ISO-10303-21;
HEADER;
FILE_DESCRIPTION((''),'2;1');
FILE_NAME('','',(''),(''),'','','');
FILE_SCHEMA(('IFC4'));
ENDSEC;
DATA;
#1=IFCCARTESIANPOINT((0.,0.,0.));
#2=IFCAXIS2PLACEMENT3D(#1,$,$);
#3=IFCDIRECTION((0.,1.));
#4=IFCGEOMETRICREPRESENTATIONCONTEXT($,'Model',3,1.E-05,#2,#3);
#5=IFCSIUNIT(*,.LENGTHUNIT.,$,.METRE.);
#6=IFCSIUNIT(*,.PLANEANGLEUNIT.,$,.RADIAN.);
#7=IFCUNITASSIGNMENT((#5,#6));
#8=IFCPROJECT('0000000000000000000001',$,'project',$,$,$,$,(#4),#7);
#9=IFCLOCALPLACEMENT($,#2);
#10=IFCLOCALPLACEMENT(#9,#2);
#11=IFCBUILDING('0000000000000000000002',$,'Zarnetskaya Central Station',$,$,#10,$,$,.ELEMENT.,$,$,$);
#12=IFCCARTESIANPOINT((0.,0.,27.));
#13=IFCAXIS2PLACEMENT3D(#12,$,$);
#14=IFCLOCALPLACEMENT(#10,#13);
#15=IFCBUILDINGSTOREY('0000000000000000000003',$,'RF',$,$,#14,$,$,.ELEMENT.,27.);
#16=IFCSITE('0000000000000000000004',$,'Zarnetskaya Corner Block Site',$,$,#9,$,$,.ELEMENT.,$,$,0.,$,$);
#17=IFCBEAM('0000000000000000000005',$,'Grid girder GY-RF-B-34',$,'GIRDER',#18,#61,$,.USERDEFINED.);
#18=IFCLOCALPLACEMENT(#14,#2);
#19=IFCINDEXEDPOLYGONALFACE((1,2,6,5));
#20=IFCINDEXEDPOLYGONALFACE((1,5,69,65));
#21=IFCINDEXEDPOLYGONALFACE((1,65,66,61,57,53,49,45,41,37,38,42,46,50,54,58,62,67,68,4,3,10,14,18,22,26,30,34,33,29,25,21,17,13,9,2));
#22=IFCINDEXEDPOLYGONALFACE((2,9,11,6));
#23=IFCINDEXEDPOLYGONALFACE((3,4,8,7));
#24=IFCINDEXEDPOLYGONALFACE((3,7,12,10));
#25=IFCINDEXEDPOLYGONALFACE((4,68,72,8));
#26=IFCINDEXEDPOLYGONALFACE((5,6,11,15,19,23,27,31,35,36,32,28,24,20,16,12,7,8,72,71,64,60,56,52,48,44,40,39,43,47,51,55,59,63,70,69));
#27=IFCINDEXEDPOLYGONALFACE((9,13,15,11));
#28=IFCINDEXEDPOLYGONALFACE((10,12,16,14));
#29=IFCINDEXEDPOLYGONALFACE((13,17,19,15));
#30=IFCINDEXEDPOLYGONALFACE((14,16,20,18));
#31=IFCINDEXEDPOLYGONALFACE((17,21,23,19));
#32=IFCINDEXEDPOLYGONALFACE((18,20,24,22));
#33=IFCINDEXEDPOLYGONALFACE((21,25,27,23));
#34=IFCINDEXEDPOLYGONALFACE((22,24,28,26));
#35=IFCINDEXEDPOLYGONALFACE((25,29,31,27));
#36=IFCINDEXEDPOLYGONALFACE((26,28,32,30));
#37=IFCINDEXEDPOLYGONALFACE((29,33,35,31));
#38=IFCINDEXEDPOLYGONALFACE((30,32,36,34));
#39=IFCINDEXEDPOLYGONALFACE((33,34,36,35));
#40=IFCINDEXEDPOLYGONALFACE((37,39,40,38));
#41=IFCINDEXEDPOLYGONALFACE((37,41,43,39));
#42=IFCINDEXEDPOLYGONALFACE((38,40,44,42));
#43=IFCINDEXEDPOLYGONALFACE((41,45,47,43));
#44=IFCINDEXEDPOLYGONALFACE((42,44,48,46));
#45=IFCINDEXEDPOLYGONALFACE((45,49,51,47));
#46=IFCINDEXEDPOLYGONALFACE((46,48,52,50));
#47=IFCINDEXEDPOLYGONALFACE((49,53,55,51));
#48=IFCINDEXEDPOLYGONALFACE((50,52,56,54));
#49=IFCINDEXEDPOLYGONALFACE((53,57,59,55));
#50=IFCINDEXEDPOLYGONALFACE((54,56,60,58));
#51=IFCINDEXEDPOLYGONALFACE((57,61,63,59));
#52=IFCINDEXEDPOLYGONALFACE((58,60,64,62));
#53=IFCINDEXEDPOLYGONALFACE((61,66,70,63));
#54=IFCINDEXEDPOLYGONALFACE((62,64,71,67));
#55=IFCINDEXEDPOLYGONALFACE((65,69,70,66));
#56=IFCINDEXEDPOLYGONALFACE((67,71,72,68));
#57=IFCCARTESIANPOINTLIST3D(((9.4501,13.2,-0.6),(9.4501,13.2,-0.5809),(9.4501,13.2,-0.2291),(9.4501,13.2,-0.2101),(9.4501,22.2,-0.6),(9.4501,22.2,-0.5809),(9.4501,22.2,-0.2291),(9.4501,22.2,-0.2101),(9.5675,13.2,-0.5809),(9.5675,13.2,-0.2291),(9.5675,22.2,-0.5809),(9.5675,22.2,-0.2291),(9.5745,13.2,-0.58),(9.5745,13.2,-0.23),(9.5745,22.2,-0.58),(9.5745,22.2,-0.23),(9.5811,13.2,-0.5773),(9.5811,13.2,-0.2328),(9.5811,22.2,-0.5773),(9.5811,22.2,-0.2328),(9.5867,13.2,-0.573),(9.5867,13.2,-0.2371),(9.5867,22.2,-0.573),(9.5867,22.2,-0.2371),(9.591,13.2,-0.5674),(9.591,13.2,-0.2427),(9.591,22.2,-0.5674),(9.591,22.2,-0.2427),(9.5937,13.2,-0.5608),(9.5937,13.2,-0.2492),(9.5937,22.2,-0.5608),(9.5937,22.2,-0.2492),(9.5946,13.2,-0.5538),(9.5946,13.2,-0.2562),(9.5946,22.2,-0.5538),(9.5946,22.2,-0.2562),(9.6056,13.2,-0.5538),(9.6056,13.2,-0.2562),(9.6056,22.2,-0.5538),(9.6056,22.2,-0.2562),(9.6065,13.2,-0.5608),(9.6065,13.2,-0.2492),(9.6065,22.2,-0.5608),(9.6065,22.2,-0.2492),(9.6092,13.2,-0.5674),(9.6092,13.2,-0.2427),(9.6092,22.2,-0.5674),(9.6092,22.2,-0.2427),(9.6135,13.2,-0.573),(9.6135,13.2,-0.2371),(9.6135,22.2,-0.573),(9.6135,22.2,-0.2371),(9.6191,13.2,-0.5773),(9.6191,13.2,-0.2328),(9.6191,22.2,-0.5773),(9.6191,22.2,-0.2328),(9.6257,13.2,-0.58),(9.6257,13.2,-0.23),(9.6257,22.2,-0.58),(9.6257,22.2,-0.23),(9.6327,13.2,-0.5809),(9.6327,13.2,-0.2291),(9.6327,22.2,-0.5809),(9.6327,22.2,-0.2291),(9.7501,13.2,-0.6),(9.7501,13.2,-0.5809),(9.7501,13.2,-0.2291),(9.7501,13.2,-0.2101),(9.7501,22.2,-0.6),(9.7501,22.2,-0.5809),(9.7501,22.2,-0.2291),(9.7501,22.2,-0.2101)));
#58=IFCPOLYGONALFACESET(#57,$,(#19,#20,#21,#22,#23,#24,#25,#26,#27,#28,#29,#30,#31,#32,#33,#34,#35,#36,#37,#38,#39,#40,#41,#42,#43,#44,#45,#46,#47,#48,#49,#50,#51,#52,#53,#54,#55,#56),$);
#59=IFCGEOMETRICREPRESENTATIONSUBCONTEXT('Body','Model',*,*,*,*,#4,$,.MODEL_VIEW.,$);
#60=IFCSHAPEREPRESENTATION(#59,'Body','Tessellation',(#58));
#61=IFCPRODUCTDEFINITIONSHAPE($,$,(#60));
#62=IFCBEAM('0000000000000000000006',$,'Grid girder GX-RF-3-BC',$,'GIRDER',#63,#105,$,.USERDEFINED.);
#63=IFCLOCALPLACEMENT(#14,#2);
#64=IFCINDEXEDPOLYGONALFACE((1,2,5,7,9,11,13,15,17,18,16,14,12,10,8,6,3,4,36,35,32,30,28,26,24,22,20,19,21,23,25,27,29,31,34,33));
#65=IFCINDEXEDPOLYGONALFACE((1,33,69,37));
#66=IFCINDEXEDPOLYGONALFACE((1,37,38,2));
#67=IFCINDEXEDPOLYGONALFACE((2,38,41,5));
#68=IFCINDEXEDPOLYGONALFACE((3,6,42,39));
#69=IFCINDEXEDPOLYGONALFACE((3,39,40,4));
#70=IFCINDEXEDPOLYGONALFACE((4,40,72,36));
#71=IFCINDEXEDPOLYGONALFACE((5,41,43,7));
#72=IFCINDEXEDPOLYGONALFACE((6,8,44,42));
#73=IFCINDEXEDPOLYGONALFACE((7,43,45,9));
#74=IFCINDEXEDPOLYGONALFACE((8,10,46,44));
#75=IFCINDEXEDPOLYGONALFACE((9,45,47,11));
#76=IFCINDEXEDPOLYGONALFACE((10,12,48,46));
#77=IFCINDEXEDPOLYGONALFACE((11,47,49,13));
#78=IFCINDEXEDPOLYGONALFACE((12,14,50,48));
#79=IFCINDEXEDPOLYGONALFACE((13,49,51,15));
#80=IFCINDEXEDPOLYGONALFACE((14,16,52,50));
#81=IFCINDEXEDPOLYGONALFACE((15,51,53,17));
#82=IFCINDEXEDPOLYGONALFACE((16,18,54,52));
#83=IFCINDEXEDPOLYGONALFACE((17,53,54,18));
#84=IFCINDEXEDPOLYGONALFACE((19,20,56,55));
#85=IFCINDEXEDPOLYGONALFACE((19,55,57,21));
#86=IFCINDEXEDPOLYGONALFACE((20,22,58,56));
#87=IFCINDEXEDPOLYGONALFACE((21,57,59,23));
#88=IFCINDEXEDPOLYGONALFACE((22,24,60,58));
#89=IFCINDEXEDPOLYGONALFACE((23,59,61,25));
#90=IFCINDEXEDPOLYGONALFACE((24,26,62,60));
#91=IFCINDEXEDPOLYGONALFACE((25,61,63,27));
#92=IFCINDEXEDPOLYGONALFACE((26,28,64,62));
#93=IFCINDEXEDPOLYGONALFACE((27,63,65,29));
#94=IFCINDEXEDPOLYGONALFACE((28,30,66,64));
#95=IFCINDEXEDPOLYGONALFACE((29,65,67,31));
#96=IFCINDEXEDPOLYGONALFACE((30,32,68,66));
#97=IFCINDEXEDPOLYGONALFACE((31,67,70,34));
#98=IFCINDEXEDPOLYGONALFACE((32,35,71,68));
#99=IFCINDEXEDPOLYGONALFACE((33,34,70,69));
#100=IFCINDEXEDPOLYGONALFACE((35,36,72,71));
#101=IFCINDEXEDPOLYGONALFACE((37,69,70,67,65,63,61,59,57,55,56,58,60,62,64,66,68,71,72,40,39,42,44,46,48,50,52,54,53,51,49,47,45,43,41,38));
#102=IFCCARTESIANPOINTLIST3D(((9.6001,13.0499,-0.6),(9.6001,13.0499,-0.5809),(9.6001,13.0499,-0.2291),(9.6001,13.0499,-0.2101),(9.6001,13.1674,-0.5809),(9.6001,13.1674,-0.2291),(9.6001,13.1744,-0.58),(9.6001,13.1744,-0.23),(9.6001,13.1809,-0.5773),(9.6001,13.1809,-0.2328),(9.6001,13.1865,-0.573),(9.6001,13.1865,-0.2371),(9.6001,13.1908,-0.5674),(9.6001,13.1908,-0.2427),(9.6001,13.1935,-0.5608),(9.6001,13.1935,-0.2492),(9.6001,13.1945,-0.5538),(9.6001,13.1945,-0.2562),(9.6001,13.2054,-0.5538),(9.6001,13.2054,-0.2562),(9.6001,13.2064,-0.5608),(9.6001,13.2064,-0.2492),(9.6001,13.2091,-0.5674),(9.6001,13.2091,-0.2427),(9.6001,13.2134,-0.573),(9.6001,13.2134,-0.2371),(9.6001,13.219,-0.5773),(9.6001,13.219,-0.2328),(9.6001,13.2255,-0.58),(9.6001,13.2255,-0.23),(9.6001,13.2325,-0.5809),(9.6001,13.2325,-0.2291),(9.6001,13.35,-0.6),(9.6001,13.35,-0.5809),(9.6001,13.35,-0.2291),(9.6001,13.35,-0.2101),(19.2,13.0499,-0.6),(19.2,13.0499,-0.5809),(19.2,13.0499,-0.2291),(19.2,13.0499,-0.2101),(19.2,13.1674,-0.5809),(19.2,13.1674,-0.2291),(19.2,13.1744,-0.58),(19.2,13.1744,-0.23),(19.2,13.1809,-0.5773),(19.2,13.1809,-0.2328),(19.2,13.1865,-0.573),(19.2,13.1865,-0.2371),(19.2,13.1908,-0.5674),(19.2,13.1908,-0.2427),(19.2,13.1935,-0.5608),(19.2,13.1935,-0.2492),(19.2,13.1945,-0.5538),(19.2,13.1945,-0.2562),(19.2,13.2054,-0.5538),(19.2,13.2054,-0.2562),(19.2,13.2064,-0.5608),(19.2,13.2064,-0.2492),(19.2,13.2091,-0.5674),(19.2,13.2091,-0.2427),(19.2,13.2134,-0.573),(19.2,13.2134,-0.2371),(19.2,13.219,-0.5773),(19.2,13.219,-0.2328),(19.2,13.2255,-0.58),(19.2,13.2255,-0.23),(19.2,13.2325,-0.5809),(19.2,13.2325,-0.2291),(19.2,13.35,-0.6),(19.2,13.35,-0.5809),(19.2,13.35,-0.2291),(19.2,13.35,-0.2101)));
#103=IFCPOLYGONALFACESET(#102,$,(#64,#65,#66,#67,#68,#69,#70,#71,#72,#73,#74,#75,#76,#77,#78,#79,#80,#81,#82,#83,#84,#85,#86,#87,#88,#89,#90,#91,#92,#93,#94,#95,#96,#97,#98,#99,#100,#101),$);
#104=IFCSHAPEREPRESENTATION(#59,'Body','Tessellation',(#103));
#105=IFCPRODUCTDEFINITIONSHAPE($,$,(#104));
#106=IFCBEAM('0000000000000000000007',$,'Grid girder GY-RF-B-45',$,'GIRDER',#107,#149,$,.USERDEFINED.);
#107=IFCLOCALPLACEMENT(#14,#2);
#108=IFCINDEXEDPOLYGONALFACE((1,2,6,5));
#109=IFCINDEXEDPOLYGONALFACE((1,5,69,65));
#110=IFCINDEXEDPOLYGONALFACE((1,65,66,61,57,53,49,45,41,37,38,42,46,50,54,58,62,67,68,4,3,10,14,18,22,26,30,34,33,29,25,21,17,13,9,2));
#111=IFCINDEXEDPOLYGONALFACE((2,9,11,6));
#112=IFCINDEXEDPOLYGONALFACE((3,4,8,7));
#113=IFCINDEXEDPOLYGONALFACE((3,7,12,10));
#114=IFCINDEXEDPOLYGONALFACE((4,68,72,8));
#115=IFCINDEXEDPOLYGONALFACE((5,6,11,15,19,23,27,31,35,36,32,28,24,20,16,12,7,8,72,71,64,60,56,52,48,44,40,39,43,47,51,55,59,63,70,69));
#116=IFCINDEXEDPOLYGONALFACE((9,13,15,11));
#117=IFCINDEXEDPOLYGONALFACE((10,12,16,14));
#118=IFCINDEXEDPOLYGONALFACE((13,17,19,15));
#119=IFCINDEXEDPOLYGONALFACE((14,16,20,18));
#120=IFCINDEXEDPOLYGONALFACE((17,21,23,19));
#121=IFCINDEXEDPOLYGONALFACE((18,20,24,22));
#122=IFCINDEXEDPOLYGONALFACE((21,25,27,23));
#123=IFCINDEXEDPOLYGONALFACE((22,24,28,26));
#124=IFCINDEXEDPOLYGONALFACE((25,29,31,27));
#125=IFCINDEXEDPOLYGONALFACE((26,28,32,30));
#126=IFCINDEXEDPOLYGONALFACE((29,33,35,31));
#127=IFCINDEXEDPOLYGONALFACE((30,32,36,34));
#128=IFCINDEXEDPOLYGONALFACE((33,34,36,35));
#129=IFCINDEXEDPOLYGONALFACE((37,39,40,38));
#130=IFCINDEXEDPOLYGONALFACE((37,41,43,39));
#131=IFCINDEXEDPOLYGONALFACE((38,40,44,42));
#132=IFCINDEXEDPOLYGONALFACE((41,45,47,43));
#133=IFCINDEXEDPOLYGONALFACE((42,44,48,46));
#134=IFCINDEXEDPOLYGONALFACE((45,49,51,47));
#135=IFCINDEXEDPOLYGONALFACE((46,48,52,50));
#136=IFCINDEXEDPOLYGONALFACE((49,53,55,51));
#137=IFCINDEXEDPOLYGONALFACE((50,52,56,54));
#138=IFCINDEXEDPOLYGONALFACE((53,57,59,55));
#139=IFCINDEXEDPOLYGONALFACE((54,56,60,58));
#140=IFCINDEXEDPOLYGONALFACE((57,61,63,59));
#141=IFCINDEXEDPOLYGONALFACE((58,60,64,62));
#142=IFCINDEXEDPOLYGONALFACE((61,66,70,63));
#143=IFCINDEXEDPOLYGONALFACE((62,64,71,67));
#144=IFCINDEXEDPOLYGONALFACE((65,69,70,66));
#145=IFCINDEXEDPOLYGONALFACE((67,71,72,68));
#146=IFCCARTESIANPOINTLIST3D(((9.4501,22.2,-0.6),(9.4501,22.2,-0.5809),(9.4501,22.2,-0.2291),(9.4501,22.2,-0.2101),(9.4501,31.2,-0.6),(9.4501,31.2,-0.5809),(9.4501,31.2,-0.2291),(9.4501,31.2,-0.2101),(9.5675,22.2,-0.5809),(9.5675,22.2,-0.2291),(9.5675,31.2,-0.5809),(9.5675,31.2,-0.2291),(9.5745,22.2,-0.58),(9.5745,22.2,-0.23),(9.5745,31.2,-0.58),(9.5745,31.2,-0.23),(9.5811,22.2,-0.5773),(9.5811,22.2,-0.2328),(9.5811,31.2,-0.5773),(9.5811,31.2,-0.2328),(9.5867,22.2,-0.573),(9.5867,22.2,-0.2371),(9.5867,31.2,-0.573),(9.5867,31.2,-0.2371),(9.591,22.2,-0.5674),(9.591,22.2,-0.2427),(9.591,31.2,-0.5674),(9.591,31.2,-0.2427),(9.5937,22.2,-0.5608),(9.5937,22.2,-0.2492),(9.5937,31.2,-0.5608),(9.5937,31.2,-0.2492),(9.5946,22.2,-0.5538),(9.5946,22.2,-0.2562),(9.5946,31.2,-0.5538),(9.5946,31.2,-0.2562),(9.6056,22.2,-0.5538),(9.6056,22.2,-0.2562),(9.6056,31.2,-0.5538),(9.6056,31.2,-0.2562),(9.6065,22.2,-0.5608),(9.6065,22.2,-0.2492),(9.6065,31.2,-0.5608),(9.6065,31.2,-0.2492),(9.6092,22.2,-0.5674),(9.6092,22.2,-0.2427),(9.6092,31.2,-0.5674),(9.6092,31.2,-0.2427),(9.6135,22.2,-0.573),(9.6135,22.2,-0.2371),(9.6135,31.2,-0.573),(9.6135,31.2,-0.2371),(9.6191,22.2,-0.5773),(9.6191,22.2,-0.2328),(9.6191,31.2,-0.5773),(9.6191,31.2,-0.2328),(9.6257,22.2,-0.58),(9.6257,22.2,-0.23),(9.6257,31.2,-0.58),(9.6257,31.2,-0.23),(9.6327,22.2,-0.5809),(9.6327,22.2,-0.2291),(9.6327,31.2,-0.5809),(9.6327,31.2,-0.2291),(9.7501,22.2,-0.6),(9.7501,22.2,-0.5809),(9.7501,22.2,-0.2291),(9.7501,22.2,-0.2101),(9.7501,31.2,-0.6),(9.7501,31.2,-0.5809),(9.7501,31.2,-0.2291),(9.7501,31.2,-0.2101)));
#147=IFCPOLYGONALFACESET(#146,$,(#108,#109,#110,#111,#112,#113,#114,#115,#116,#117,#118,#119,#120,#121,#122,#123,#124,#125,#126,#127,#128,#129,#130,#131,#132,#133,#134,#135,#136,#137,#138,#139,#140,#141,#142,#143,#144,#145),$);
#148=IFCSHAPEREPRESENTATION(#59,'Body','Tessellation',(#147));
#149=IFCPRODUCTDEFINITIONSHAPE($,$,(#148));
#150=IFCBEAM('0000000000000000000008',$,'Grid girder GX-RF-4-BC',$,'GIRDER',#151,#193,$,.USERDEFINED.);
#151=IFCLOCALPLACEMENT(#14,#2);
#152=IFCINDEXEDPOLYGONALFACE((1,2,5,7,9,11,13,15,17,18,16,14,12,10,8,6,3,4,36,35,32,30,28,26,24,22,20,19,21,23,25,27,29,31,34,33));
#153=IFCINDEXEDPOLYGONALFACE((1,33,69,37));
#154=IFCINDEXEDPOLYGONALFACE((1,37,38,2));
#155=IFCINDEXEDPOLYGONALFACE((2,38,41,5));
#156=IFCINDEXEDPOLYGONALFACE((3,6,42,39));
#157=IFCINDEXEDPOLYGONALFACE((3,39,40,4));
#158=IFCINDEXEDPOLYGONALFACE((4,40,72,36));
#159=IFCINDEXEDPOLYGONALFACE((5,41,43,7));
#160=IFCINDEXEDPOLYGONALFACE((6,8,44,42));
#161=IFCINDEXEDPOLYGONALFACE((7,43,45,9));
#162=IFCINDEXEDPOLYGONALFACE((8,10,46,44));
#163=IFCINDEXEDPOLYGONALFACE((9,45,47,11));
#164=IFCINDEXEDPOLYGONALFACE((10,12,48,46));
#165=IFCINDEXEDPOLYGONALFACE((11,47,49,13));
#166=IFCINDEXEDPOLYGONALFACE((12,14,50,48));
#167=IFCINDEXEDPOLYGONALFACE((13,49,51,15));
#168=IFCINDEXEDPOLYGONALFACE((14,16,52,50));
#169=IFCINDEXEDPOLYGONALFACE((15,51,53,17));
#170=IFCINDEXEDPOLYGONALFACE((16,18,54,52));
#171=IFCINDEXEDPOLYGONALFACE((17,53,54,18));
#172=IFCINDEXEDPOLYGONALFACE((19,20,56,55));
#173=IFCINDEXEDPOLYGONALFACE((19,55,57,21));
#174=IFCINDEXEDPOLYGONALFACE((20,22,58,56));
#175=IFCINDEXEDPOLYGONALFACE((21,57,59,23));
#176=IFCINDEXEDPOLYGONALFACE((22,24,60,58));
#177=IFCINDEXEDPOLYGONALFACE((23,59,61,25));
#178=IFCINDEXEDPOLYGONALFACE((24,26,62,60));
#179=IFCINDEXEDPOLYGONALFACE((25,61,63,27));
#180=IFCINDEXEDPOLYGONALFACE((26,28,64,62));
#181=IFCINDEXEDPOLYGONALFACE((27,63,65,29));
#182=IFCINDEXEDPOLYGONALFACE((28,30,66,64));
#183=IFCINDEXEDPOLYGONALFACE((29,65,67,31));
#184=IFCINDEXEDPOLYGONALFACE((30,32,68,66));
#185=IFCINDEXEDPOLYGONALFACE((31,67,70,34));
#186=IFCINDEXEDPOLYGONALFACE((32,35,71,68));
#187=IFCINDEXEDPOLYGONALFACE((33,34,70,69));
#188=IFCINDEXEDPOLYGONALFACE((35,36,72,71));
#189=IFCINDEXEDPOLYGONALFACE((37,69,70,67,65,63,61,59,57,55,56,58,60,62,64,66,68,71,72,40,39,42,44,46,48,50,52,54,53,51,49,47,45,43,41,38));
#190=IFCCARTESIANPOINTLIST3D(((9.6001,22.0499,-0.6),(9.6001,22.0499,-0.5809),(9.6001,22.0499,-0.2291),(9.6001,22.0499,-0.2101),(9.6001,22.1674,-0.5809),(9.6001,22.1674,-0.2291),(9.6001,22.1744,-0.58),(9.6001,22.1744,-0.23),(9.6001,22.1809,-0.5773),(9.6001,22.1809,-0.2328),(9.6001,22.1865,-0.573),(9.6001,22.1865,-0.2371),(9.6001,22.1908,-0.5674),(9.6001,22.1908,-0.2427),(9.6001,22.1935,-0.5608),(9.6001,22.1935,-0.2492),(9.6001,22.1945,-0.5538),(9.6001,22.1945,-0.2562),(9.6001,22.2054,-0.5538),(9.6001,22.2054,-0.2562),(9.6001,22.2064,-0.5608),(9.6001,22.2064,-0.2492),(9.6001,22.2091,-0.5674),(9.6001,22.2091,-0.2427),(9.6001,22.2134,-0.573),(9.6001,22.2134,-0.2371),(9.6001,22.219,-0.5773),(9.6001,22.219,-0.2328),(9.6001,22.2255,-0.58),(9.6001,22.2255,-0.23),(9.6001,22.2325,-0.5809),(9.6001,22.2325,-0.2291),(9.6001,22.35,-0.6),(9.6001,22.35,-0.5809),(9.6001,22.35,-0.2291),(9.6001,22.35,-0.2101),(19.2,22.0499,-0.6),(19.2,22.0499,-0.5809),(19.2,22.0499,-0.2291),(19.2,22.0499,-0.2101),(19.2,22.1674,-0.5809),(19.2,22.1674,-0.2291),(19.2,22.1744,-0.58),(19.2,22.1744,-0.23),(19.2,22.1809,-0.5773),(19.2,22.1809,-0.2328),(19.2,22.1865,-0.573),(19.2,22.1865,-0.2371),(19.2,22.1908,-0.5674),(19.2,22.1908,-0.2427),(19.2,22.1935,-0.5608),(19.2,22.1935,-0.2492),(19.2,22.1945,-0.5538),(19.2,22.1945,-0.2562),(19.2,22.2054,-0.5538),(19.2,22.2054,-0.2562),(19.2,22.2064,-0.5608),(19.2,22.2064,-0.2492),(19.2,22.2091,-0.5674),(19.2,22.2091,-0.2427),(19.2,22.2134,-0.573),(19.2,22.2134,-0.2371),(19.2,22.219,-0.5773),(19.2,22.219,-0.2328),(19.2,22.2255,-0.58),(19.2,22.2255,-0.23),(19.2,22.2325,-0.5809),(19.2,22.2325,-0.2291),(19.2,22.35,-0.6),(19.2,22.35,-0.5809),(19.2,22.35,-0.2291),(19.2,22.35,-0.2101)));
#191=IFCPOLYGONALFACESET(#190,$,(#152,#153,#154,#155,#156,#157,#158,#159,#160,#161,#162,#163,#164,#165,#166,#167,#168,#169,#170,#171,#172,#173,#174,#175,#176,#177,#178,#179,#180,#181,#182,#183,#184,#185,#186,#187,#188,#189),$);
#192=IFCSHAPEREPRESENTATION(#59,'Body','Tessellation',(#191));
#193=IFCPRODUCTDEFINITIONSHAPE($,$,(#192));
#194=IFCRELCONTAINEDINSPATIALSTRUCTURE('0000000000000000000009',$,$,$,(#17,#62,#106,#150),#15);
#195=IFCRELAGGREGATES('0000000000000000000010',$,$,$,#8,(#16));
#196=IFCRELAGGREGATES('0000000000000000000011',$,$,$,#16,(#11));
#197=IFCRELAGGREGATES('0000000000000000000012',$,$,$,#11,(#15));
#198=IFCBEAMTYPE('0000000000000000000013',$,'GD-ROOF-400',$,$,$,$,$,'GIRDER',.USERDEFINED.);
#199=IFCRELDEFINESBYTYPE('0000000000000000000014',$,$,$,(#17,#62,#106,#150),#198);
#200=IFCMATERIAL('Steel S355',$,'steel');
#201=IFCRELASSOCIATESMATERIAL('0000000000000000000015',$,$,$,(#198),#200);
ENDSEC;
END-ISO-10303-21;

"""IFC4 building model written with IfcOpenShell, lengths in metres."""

from ifc_helpers import new_model, si_unit, direction, frame, origin, origin_2d, place, context, subcontext, project, spatial, i_section, extrude, material, material_profile, profile_set, type_object, element, save


model = new_model("IFC4")

# Units and contexts
model_context = context("Model", 3, precision=1e-05, world=origin(), true_north=direction((0.0, 1.0)))
body_context = subcontext(model_context, "Body", "Model", "MODEL_VIEW")
ifc_project = project(units=[si_unit("LENGTHUNIT", "METRE"), si_unit("PLANEANGLEUNIT", "RADIAN")], contexts=[model_context])

# Site, building, storey
site_placement = place(None, origin())
site = spatial("IfcSite", under=ifc_project, at=site_placement, Name="Zarnetskaya Corner Block Site", CompositionType="ELEMENT", RefElevation=0.0)
building_placement = place(site_placement, origin())
building = spatial("IfcBuilding", under=site, at=building_placement, Name="Zarnetskaya Central Station", CompositionType="ELEMENT")
storey_placement = place(building_placement, frame((0.0, 0.0, 27.0)))
storey = spatial("IfcBuildingStorey", under=building, at=storey_placement, Name="RF", CompositionType="ELEMENT", Elevation=27.0)

# Beams
ifc_material = material(Name="Steel S355", Category="steel")
ifc_material_profile_1 = material_profile(ifc_material, i_section(OverallWidth=0.3, OverallDepth=0.3899, WebThickness=0.011, FlangeThickness=0.019, FilletRadius=0.0271, at=origin_2d()), Name="HEA 400")
ifc_profile_set_1 = profile_set([ifc_material_profile_1], Name="Steel S355")
beam_type_1 = type_object("IfcBeamType", Name="GD-ROOF-400", ElementType="GIRDER", PredefinedType="USERDEFINED", material=ifc_profile_set_1)
beam_1_placement = place(storey_placement, frame((9.6001, 13.2, -0.405), z_axis=(0.0, 1.0, 0.0), x_axis=(-1.0, 0.0, 0.0)))
element("IfcBeam", 1, at=beam_1_placement, inside=storey, type_object=beam_type_1, Name="Grid girder GY-RF-B-34", ObjectType="GIRDER", PredefinedType="USERDEFINED", context=body_context, shape_type="SweptSolid", body=[
    extrude(i_section(OverallWidth=0.3, OverallDepth=0.3899, WebThickness=0.011, FlangeThickness=0.019, FilletRadius=0.0271, at=origin_2d()), origin(), (0.0, 0.0, 1.0), 9.0),
])
beam_2_placement = place(storey_placement, frame((9.6001, 13.2, -0.405), z_axis=(1.0, 0.0, 0.0), x_axis=(0.0, 1.0, 0.0)))
element("IfcBeam", 2, at=beam_2_placement, inside=storey, type_object=beam_type_1, Name="Grid girder GX-RF-3-BC", ObjectType="GIRDER", PredefinedType="USERDEFINED", context=body_context, shape_type="SweptSolid", body=[
    extrude(i_section(OverallWidth=0.3, OverallDepth=0.3899, WebThickness=0.011, FlangeThickness=0.019, FilletRadius=0.0271, at=origin_2d()), origin(), (0.0, 0.0, 1.0), 9.5999),
])
beam_3_placement = place(storey_placement, frame((9.6001, 22.2, -0.405), z_axis=(0.0, 1.0, 0.0), x_axis=(-1.0, 0.0, 0.0)))
element("IfcBeam", 3, at=beam_3_placement, inside=storey, type_object=beam_type_1, Name="Grid girder GY-RF-B-45", ObjectType="GIRDER", PredefinedType="USERDEFINED", context=body_context, shape_type="SweptSolid", body=[
    extrude(i_section(OverallWidth=0.3, OverallDepth=0.3899, WebThickness=0.011, FlangeThickness=0.019, FilletRadius=0.0271, at=origin_2d()), origin(), (0.0, 0.0, 1.0), 9.0),
])
beam_4_placement = place(storey_placement, frame((9.6001, 22.2, -0.405), z_axis=(1.0, 0.0, 0.0), x_axis=(0.0, 1.0, 0.0)))
element("IfcBeam", 4, at=beam_4_placement, inside=storey, type_object=beam_type_1, Name="Grid girder GX-RF-4-BC", ObjectType="GIRDER", PredefinedType="USERDEFINED", context=body_context, shape_type="SweptSolid", body=[
    extrude(i_section(OverallWidth=0.3, OverallDepth=0.3899, WebThickness=0.011, FlangeThickness=0.019, FilletRadius=0.0271, at=origin_2d()), origin(), (0.0, 0.0, 1.0), 9.5999),
])

save(model, "model.ifc")
